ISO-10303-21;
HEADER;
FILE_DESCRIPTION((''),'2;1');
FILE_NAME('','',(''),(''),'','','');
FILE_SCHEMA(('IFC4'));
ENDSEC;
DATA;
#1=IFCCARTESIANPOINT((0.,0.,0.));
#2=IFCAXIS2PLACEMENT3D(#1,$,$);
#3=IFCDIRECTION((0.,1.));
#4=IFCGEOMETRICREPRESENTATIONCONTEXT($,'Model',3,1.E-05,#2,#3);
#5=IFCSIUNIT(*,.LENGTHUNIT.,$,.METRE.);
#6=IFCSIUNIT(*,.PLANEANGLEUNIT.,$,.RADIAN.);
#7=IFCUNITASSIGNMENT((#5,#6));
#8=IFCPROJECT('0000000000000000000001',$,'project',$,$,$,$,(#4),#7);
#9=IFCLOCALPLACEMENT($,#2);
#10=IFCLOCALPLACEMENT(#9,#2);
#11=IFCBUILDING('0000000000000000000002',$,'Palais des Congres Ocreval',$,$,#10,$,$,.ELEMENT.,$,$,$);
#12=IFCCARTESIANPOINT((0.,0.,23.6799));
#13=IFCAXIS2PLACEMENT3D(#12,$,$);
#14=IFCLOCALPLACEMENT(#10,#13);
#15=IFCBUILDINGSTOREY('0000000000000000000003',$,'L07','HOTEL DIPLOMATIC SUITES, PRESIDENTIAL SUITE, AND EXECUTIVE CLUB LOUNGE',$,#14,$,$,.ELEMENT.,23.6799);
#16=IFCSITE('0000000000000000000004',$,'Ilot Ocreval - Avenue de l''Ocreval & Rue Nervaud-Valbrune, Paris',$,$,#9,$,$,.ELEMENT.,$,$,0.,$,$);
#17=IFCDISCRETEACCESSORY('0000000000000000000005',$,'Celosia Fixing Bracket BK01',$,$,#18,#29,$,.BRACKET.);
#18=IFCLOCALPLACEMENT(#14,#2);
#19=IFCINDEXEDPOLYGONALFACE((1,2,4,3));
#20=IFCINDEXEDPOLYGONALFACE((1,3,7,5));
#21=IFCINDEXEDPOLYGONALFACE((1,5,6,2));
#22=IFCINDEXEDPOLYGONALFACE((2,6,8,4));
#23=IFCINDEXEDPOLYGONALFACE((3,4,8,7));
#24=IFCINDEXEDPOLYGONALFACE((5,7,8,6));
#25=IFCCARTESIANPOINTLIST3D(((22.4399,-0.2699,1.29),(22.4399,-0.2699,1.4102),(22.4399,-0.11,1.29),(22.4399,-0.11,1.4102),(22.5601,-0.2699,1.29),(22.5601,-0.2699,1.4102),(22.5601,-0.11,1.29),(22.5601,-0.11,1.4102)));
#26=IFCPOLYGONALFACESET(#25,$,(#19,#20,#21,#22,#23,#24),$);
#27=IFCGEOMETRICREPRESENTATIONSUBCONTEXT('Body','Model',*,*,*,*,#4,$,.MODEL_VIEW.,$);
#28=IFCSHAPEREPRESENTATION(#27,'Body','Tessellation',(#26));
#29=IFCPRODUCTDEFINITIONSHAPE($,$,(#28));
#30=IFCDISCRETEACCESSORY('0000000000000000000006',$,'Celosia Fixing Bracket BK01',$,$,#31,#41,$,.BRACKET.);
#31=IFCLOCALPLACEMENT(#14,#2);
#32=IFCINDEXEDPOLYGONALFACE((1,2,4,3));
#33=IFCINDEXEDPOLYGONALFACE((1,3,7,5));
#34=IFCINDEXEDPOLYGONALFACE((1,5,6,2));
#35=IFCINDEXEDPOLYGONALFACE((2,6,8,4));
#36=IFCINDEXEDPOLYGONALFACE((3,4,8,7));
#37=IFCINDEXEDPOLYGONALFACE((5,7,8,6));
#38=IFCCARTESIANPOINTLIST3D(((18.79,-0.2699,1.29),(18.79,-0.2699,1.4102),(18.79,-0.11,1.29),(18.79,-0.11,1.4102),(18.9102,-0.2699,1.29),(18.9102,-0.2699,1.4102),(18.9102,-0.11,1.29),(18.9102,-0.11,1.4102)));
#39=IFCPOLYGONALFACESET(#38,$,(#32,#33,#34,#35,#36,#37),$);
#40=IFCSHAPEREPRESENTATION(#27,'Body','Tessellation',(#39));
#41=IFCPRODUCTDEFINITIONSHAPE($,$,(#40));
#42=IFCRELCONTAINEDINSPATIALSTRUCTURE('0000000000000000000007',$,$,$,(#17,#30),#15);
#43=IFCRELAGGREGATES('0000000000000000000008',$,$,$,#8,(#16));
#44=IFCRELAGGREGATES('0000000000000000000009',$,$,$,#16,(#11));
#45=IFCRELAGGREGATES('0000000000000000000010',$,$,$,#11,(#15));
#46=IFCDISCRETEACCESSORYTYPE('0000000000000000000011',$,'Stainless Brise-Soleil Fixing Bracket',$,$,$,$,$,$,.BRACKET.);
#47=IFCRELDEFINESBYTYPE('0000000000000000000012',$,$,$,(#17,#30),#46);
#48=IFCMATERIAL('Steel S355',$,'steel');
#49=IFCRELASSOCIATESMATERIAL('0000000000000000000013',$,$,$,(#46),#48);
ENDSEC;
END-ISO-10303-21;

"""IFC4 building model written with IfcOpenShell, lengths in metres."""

from ifc_helpers import new_model, si_unit, direction, frame, origin, origin_2d, place, context, subcontext, project, spatial, rectangle, extrude, material, type_object, element, save


model = new_model("IFC4")

# Units and contexts
model_context = context("Model", 3, precision=1e-05, world=origin(), true_north=direction((0.0, 1.0)))
body_context = subcontext(model_context, "Body", "Model", "MODEL_VIEW")
ifc_project = project(units=[si_unit("LENGTHUNIT", "METRE"), si_unit("PLANEANGLEUNIT", "RADIAN")], contexts=[model_context])

# Site, building, storey
site_placement = place(None, origin())
site = spatial("IfcSite", under=ifc_project, at=site_placement, Name="Ilot Ocreval - Avenue de l'Ocreval & Rue Nervaud-Valbrune, Paris", CompositionType="ELEMENT", RefElevation=0.0)
building_placement = place(site_placement, origin())
building = spatial("IfcBuilding", under=site, at=building_placement, Name="Palais des Congres Ocreval", CompositionType="ELEMENT")
storey_placement = place(building_placement, frame((0.0, 0.0, 23.6799)))
storey = spatial("IfcBuildingStorey", under=building, at=storey_placement, Name="L07", Description="HOTEL DIPLOMATIC SUITES, PRESIDENTIAL SUITE, AND EXECUTIVE CLUB LOUNGE", CompositionType="ELEMENT", Elevation=23.6799)

# Shared definitions
ifc_material_1 = material(Name="Steel S355", Category="steel")

# Discrete accessories
discrete_accessory_type = type_object("IfcDiscreteAccessoryType", Name="Stainless Brise-Soleil Fixing Bracket", PredefinedType="BRACKET", material=ifc_material_1)
for number, where, z_axis, x_axis, name in (
    (1, (22.5, -0.1899, 1.29), (0.0, 0.0, 1.0), (0.0, -1.0, 0.0), "Celosia Fixing Bracket BK01"),
    (2, (18.8501, -0.1899, 1.29), (0.0, 0.0, 1.0), (0.0, -1.0, 0.0), "Celosia Fixing Bracket BK01"),
):
    element("IfcDiscreteAccessory", number, at=place(storey_placement, frame(where, z_axis=z_axis, x_axis=x_axis)), inside=storey, type_object=discrete_accessory_type, Name=name, PredefinedType="BRACKET", context=body_context, shape_type="SweptSolid", body=[
        extrude(rectangle(XDim=0.1599, YDim=0.1201, at=origin_2d()), origin(), (0.0, 0.0, 1.0), 0.1201),
    ])

save(model, "model.ifc")
